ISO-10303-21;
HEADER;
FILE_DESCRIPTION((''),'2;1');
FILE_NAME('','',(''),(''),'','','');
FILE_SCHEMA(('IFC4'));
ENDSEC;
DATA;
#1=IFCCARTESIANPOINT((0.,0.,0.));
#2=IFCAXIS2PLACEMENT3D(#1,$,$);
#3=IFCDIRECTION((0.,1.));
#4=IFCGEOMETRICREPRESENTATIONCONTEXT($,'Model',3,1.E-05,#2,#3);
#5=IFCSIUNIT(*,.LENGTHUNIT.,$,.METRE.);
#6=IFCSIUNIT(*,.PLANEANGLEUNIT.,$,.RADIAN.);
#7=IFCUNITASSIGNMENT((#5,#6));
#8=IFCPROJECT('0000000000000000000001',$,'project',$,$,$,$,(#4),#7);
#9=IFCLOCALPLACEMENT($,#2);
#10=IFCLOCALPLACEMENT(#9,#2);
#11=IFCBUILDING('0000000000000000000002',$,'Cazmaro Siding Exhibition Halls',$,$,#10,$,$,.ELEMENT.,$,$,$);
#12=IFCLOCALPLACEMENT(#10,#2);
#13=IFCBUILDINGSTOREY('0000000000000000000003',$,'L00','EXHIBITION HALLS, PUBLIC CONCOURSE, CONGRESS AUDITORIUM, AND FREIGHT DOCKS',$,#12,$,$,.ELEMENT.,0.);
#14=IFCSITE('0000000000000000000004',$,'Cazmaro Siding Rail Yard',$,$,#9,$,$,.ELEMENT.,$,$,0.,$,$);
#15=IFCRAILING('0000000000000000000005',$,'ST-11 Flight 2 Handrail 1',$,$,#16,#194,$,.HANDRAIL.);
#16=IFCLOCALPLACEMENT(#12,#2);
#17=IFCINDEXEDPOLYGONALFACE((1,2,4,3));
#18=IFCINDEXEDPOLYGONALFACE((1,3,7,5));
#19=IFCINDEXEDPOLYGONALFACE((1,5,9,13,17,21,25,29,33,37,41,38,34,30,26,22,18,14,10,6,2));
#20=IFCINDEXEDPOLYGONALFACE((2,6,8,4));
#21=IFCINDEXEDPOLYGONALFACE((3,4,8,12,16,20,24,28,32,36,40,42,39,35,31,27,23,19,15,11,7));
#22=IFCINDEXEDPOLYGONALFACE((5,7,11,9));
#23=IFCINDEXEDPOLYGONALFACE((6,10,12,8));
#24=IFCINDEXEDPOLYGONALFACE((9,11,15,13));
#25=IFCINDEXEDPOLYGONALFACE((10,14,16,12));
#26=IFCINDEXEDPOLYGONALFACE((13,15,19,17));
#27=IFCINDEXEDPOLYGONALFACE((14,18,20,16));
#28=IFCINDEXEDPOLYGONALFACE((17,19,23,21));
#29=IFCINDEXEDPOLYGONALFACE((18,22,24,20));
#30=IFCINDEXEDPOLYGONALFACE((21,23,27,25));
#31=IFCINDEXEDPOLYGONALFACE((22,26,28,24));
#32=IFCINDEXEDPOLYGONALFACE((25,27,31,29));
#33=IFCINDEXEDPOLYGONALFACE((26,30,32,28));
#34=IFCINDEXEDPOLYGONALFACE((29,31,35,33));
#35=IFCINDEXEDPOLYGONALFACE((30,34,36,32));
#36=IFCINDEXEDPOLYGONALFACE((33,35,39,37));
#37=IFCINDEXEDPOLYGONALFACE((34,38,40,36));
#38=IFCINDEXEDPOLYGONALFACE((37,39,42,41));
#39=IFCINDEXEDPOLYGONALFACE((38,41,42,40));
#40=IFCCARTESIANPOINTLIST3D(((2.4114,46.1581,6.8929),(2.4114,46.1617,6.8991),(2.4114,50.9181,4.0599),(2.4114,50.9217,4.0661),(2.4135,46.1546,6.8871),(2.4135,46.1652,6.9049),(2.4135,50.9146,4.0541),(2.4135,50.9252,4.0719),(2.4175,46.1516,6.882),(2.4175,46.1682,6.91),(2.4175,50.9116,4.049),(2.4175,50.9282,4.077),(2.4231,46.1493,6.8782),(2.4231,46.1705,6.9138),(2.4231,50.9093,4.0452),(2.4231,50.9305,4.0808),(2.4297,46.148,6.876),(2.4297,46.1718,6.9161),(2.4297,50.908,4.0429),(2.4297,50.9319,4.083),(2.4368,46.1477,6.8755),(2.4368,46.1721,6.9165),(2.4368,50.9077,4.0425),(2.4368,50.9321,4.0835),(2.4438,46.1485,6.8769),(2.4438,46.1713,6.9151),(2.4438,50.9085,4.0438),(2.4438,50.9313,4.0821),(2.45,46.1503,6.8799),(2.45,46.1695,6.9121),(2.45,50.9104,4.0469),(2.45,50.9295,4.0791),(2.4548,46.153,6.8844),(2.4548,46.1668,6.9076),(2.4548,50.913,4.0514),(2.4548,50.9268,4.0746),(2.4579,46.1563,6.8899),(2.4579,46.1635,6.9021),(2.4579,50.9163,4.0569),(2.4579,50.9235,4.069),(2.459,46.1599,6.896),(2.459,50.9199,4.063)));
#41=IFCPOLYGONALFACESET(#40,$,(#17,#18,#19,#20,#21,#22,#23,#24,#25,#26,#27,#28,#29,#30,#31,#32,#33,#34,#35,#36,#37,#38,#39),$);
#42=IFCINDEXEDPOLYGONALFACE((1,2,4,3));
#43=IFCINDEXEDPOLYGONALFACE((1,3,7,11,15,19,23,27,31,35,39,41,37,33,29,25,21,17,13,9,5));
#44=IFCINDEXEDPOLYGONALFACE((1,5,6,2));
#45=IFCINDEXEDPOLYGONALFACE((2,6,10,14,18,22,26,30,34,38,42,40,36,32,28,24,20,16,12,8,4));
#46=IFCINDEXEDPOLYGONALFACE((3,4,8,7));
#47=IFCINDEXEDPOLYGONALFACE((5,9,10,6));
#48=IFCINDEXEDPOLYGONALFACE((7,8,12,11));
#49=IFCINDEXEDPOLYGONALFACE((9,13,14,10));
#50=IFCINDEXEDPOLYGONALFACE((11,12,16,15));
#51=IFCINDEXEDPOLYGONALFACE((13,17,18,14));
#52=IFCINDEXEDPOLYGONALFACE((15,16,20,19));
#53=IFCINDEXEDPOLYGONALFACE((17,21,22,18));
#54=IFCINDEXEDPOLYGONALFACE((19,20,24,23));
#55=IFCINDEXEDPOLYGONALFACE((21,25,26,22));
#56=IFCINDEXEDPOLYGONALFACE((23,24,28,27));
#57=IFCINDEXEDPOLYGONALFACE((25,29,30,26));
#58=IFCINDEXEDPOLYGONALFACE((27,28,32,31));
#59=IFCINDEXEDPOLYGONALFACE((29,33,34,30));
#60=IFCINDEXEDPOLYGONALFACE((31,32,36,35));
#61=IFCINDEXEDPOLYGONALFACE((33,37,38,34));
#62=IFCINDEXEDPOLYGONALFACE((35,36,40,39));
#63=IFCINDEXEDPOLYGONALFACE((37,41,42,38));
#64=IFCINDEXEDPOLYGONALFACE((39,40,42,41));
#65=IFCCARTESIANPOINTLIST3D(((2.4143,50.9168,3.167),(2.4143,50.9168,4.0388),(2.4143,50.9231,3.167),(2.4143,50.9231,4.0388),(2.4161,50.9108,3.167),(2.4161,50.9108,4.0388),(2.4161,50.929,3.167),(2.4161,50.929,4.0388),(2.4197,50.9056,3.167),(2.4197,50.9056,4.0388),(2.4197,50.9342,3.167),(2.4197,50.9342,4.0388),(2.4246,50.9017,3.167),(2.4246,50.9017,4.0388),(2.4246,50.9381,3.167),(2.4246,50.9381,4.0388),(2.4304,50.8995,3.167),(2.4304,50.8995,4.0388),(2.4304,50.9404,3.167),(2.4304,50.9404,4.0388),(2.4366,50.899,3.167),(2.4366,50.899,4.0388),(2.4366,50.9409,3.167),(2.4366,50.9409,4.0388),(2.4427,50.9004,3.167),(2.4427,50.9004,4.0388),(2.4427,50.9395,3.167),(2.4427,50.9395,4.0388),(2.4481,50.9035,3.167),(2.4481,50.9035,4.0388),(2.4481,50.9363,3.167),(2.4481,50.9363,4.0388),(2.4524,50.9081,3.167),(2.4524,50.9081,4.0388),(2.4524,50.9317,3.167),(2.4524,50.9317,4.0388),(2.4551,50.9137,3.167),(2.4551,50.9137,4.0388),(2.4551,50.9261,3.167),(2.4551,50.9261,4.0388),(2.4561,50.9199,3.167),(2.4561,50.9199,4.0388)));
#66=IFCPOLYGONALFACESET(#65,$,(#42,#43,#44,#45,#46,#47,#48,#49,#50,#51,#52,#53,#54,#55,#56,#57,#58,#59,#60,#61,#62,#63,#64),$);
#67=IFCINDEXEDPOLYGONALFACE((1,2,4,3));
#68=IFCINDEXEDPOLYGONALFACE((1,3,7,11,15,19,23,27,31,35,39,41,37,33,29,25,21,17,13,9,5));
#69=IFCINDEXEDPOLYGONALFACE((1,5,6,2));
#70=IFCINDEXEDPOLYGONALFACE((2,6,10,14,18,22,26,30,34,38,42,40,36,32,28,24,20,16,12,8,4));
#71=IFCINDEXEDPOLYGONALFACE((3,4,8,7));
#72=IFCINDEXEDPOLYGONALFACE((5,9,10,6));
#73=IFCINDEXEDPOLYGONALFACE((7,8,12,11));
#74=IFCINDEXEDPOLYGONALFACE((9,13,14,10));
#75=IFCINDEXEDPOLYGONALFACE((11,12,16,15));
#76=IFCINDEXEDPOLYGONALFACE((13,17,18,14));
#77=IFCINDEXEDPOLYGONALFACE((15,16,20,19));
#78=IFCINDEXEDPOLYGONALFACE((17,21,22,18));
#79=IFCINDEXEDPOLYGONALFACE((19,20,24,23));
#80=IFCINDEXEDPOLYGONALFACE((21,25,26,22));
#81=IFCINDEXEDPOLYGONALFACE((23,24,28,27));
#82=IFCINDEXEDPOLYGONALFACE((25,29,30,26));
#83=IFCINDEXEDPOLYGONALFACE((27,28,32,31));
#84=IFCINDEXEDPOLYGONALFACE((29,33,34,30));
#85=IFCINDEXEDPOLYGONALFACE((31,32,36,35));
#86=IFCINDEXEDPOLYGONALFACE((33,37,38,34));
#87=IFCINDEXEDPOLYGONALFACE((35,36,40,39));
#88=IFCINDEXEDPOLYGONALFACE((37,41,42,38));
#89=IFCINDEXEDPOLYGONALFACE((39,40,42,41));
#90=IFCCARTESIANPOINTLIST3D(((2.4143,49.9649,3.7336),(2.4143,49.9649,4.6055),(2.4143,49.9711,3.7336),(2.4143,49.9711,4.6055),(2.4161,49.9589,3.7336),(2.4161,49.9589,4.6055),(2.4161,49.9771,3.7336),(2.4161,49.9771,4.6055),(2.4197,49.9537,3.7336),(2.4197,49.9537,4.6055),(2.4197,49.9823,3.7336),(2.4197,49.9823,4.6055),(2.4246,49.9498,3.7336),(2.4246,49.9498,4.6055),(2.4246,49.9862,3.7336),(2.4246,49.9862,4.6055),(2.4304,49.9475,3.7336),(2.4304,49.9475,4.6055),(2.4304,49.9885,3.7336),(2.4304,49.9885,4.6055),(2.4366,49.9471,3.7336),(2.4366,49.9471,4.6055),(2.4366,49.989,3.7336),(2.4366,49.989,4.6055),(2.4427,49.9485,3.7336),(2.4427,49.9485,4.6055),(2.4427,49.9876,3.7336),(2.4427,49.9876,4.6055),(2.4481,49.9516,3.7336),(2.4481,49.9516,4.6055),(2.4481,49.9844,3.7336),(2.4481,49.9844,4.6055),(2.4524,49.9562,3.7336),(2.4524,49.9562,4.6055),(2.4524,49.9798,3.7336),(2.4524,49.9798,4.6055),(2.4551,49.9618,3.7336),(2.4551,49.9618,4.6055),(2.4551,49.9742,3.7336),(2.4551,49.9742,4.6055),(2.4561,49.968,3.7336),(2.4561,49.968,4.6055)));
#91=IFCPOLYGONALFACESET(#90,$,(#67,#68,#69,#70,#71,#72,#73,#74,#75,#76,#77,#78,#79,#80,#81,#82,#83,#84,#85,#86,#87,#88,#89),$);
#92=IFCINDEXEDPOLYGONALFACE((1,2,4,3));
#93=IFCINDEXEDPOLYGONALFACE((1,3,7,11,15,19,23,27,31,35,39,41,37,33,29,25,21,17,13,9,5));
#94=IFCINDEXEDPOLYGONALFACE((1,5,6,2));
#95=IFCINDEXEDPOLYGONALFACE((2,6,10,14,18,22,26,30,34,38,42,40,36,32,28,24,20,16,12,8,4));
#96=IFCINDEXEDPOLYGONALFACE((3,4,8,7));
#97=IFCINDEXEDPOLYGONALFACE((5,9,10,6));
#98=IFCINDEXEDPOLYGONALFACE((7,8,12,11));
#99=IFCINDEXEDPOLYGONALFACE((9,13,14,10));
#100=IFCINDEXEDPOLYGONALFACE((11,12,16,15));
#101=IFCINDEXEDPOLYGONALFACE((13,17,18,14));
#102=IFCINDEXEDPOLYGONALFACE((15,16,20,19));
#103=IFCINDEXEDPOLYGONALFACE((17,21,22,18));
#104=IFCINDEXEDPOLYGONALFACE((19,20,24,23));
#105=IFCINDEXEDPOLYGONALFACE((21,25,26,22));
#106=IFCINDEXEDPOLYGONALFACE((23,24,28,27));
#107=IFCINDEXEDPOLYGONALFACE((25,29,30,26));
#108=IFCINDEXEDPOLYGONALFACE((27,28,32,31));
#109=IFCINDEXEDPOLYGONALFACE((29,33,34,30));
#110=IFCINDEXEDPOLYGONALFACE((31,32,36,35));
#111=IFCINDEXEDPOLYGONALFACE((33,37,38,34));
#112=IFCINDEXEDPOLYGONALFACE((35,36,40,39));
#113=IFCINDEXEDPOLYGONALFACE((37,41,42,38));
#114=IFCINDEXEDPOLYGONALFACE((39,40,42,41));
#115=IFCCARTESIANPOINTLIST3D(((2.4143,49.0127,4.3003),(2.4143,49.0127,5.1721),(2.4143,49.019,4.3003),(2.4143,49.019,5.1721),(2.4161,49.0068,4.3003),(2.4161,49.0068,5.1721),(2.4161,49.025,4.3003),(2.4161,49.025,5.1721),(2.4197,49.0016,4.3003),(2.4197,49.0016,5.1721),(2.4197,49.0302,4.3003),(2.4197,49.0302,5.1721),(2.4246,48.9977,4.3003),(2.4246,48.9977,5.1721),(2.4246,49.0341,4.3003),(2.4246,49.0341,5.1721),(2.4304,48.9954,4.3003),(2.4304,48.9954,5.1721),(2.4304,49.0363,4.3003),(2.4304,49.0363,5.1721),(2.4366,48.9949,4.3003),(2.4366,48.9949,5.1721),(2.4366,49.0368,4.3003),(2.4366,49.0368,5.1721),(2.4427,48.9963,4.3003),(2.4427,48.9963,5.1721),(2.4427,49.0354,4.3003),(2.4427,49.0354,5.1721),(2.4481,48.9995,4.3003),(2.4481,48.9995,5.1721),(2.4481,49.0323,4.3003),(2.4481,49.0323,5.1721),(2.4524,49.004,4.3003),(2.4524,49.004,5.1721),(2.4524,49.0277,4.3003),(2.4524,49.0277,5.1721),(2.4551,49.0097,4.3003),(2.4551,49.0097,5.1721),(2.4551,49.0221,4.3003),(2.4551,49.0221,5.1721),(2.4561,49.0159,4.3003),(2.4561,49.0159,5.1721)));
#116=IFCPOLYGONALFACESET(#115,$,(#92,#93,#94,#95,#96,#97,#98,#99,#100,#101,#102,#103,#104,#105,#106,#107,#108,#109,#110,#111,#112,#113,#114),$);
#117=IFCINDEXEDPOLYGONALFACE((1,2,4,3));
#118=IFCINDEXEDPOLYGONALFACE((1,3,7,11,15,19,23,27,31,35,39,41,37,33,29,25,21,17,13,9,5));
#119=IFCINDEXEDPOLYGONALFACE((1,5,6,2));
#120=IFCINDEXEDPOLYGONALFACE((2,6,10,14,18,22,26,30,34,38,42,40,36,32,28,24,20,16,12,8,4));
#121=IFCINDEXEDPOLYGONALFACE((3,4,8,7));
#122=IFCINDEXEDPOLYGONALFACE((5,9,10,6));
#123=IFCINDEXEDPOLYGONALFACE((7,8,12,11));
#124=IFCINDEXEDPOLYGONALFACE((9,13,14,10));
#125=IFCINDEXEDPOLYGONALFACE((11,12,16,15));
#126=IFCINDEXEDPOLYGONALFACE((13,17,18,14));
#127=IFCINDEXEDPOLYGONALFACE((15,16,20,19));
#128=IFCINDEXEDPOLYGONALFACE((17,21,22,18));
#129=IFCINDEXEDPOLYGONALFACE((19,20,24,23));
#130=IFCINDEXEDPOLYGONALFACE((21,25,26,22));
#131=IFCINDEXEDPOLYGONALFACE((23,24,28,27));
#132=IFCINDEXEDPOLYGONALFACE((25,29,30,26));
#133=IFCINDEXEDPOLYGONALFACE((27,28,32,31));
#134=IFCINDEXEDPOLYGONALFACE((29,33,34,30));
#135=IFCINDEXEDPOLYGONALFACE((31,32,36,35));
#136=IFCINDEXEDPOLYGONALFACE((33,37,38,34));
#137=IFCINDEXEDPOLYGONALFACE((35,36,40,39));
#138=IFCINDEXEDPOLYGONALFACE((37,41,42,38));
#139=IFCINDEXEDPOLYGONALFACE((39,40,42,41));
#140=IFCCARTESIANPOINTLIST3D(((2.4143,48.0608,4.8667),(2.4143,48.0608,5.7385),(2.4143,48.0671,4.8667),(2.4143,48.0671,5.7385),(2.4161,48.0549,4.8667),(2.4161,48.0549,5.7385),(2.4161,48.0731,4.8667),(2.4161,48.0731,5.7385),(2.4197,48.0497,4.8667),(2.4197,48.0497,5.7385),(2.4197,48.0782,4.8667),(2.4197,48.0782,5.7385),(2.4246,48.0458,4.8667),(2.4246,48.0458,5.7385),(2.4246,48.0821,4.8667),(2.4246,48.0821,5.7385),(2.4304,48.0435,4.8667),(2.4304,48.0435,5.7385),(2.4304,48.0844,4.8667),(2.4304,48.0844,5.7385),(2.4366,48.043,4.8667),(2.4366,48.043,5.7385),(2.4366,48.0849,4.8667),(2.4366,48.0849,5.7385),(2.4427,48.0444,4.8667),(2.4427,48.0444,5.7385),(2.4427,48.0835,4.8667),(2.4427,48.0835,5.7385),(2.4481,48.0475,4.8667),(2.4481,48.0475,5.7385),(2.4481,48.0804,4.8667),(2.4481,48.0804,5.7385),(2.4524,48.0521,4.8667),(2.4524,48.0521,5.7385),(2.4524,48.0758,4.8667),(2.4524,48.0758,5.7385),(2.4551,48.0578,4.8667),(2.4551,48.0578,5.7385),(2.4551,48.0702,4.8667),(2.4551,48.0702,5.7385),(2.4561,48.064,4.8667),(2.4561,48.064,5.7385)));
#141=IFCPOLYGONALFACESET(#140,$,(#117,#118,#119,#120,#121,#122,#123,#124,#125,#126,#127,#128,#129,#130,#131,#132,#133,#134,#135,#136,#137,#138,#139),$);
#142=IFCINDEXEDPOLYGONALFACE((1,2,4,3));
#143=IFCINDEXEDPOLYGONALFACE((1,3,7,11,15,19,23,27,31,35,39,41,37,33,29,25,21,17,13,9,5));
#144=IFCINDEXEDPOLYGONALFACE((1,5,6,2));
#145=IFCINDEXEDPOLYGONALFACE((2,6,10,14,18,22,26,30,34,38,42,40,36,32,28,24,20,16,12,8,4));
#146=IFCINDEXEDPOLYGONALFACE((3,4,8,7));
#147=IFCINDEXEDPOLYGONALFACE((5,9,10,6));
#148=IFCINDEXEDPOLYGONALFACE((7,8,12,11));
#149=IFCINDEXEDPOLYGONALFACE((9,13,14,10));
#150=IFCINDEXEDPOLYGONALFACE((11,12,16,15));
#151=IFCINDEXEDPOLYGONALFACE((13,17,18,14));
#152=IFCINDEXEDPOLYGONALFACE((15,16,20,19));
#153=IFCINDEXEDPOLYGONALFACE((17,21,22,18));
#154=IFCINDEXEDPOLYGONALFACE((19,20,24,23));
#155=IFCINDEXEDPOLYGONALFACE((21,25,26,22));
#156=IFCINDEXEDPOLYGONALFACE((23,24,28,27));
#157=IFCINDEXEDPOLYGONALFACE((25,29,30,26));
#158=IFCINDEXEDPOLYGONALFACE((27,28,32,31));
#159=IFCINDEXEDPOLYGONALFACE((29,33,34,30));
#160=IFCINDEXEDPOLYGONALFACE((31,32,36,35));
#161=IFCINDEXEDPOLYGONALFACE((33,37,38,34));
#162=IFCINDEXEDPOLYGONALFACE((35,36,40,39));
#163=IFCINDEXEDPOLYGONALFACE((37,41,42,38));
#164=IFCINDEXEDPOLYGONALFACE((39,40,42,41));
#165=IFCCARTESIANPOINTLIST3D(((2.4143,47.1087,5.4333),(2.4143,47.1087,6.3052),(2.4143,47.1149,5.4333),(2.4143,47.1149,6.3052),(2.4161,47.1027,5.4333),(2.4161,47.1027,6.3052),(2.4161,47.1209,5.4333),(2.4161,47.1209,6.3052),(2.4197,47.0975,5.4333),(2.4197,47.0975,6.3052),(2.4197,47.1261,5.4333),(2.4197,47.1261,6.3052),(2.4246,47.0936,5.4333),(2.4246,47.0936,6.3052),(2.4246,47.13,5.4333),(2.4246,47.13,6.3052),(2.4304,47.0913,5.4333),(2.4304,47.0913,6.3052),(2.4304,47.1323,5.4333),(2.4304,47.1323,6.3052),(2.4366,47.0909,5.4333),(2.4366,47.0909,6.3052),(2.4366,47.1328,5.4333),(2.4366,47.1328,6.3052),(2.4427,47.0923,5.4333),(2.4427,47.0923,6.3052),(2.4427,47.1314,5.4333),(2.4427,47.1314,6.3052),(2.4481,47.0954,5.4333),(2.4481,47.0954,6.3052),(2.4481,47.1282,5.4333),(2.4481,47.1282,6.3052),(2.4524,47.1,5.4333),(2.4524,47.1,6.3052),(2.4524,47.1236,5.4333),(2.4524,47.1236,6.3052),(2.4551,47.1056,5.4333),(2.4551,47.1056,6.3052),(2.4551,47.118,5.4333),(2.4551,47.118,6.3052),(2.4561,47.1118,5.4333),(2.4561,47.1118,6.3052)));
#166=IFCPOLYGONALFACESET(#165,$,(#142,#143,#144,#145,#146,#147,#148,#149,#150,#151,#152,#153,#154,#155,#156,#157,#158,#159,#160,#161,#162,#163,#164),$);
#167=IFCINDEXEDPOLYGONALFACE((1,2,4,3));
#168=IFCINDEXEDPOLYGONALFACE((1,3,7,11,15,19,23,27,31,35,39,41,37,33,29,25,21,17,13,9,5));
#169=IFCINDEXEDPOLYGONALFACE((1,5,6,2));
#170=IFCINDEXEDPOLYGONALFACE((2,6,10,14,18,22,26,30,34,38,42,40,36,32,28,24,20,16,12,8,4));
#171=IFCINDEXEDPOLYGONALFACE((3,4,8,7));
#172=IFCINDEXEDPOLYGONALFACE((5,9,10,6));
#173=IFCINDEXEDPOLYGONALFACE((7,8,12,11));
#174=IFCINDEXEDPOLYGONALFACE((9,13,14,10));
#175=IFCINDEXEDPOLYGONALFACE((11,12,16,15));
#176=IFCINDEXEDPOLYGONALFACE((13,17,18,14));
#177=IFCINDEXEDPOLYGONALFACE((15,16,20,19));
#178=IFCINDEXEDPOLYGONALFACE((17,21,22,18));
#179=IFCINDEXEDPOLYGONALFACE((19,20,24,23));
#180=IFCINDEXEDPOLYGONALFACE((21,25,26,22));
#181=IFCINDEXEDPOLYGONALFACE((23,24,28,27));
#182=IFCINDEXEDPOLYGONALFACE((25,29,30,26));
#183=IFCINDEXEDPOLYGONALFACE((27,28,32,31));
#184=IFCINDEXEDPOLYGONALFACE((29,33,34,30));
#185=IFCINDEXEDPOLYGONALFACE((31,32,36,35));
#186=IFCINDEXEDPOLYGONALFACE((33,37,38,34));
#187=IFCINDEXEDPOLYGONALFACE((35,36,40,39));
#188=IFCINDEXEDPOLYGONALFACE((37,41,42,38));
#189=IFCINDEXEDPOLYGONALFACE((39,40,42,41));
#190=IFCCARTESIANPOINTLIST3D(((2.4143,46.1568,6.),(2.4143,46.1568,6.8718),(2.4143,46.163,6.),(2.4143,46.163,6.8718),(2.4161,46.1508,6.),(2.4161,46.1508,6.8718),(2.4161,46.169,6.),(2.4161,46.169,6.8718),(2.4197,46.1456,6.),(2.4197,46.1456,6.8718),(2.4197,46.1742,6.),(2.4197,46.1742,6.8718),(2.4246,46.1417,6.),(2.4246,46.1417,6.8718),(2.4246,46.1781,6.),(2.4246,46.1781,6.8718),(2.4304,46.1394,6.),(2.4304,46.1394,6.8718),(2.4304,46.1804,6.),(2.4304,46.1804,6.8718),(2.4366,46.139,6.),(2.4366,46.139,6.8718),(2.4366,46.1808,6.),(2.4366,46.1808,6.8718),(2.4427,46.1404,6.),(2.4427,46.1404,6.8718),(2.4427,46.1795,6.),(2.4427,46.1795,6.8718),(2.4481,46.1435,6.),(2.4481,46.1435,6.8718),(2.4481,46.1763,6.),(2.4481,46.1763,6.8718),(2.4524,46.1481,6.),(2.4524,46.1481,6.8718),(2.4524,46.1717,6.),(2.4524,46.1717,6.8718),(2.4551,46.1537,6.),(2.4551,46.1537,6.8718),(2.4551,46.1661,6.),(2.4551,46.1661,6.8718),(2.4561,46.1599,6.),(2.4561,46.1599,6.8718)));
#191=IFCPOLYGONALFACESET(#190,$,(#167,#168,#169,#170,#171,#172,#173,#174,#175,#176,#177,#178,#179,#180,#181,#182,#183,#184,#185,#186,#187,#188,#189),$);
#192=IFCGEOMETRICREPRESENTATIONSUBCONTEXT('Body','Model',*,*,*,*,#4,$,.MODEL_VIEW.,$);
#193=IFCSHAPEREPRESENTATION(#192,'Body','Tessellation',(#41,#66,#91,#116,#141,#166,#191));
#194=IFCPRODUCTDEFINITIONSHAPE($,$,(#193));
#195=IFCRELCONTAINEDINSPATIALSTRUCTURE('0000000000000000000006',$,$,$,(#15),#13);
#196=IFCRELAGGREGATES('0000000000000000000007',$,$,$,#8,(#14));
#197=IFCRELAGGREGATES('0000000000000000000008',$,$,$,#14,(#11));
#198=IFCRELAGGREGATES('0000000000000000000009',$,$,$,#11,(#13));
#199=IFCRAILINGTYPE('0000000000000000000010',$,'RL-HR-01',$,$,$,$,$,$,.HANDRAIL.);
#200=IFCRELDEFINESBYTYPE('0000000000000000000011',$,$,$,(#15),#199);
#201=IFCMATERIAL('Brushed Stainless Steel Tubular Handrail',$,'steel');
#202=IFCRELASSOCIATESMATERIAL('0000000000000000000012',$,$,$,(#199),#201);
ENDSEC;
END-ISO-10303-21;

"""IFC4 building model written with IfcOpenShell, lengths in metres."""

from ifc_helpers import new_model, si_unit, direction, frame, origin, origin_2d, place, context, subcontext, project, spatial, circle, extrude, material, type_object, element, save


model = new_model("IFC4")

# Units and contexts
model_context = context("Model", 3, precision=1e-05, world=origin(), true_north=direction((0.0, 1.0)))
body_context = subcontext(model_context, "Body", "Model", "MODEL_VIEW")
ifc_project = project(units=[si_unit("LENGTHUNIT", "METRE"), si_unit("PLANEANGLEUNIT", "RADIAN")], contexts=[model_context])

# Site, building, storey
site_placement = place(None, origin())
site = spatial("IfcSite", under=ifc_project, at=site_placement, Name="Cazmaro Siding Rail Yard", CompositionType="ELEMENT", RefElevation=0.0)
building_placement = place(site_placement, origin())
building = spatial("IfcBuilding", under=site, at=building_placement, Name="Cazmaro Siding Exhibition Halls", CompositionType="ELEMENT")
storey_placement = place(building_placement, origin())
storey = spatial("IfcBuildingStorey", under=building, at=storey_placement, Name="L00", Description="EXHIBITION HALLS, PUBLIC CONCOURSE, CONGRESS AUDITORIUM, AND FREIGHT DOCKS", CompositionType="ELEMENT", Elevation=0.0)

# Railing
ifc_material_1 = material(Name="Brushed Stainless Steel Tubular Handrail", Category="steel")
railing_type_1 = type_object("IfcRailingType", Name="RL-HR-01", PredefinedType="HANDRAIL", material=ifc_material_1)
railing_1_placement = place(storey_placement, frame((2.4351, 50.9199, 3.167)))
element("IfcRailing", 1, at=railing_1_placement, inside=storey, type_object=railing_type_1, Name="ST-11 Flight 2 Handrail 1", PredefinedType="HANDRAIL", context=body_context, shape_type="SweptSolid", body=[
    extrude(circle(Radius=0.0239, at=origin_2d()), frame((0.0, 0.0, 0.896), z_axis=(0.0, -0.859319, 0.51144), x_axis=(1.0, 0.0, 0.0)), (0.0, 0.0, 1.0), 5.5393),
    extrude(circle(Radius=0.021, at=origin_2d()), origin(), (0.0, 0.0, 1.0), 0.8718),
    extrude(circle(Radius=0.021, at=origin_2d()), frame((0.0, -0.9519, 0.5667)), (0.0, 0.0, 1.0), 0.8718),
    extrude(circle(Radius=0.021, at=origin_2d()), frame((0.0, -1.9041, 1.1333)), (0.0, 0.0, 1.0), 0.8718),
    extrude(circle(Radius=0.021, at=origin_2d()), frame((0.0, -2.856, 1.6997)), (0.0, 0.0, 1.0), 0.8718),
    extrude(circle(Radius=0.021, at=origin_2d()), frame((0.0, -3.8081, 2.2664)), (0.0, 0.0, 1.0), 0.8718),
    extrude(circle(Radius=0.021, at=origin_2d()), frame((0.0, -4.76, 2.833)), (0.0, 0.0, 1.0), 0.8718),
])

save(model, "model.ifc")
